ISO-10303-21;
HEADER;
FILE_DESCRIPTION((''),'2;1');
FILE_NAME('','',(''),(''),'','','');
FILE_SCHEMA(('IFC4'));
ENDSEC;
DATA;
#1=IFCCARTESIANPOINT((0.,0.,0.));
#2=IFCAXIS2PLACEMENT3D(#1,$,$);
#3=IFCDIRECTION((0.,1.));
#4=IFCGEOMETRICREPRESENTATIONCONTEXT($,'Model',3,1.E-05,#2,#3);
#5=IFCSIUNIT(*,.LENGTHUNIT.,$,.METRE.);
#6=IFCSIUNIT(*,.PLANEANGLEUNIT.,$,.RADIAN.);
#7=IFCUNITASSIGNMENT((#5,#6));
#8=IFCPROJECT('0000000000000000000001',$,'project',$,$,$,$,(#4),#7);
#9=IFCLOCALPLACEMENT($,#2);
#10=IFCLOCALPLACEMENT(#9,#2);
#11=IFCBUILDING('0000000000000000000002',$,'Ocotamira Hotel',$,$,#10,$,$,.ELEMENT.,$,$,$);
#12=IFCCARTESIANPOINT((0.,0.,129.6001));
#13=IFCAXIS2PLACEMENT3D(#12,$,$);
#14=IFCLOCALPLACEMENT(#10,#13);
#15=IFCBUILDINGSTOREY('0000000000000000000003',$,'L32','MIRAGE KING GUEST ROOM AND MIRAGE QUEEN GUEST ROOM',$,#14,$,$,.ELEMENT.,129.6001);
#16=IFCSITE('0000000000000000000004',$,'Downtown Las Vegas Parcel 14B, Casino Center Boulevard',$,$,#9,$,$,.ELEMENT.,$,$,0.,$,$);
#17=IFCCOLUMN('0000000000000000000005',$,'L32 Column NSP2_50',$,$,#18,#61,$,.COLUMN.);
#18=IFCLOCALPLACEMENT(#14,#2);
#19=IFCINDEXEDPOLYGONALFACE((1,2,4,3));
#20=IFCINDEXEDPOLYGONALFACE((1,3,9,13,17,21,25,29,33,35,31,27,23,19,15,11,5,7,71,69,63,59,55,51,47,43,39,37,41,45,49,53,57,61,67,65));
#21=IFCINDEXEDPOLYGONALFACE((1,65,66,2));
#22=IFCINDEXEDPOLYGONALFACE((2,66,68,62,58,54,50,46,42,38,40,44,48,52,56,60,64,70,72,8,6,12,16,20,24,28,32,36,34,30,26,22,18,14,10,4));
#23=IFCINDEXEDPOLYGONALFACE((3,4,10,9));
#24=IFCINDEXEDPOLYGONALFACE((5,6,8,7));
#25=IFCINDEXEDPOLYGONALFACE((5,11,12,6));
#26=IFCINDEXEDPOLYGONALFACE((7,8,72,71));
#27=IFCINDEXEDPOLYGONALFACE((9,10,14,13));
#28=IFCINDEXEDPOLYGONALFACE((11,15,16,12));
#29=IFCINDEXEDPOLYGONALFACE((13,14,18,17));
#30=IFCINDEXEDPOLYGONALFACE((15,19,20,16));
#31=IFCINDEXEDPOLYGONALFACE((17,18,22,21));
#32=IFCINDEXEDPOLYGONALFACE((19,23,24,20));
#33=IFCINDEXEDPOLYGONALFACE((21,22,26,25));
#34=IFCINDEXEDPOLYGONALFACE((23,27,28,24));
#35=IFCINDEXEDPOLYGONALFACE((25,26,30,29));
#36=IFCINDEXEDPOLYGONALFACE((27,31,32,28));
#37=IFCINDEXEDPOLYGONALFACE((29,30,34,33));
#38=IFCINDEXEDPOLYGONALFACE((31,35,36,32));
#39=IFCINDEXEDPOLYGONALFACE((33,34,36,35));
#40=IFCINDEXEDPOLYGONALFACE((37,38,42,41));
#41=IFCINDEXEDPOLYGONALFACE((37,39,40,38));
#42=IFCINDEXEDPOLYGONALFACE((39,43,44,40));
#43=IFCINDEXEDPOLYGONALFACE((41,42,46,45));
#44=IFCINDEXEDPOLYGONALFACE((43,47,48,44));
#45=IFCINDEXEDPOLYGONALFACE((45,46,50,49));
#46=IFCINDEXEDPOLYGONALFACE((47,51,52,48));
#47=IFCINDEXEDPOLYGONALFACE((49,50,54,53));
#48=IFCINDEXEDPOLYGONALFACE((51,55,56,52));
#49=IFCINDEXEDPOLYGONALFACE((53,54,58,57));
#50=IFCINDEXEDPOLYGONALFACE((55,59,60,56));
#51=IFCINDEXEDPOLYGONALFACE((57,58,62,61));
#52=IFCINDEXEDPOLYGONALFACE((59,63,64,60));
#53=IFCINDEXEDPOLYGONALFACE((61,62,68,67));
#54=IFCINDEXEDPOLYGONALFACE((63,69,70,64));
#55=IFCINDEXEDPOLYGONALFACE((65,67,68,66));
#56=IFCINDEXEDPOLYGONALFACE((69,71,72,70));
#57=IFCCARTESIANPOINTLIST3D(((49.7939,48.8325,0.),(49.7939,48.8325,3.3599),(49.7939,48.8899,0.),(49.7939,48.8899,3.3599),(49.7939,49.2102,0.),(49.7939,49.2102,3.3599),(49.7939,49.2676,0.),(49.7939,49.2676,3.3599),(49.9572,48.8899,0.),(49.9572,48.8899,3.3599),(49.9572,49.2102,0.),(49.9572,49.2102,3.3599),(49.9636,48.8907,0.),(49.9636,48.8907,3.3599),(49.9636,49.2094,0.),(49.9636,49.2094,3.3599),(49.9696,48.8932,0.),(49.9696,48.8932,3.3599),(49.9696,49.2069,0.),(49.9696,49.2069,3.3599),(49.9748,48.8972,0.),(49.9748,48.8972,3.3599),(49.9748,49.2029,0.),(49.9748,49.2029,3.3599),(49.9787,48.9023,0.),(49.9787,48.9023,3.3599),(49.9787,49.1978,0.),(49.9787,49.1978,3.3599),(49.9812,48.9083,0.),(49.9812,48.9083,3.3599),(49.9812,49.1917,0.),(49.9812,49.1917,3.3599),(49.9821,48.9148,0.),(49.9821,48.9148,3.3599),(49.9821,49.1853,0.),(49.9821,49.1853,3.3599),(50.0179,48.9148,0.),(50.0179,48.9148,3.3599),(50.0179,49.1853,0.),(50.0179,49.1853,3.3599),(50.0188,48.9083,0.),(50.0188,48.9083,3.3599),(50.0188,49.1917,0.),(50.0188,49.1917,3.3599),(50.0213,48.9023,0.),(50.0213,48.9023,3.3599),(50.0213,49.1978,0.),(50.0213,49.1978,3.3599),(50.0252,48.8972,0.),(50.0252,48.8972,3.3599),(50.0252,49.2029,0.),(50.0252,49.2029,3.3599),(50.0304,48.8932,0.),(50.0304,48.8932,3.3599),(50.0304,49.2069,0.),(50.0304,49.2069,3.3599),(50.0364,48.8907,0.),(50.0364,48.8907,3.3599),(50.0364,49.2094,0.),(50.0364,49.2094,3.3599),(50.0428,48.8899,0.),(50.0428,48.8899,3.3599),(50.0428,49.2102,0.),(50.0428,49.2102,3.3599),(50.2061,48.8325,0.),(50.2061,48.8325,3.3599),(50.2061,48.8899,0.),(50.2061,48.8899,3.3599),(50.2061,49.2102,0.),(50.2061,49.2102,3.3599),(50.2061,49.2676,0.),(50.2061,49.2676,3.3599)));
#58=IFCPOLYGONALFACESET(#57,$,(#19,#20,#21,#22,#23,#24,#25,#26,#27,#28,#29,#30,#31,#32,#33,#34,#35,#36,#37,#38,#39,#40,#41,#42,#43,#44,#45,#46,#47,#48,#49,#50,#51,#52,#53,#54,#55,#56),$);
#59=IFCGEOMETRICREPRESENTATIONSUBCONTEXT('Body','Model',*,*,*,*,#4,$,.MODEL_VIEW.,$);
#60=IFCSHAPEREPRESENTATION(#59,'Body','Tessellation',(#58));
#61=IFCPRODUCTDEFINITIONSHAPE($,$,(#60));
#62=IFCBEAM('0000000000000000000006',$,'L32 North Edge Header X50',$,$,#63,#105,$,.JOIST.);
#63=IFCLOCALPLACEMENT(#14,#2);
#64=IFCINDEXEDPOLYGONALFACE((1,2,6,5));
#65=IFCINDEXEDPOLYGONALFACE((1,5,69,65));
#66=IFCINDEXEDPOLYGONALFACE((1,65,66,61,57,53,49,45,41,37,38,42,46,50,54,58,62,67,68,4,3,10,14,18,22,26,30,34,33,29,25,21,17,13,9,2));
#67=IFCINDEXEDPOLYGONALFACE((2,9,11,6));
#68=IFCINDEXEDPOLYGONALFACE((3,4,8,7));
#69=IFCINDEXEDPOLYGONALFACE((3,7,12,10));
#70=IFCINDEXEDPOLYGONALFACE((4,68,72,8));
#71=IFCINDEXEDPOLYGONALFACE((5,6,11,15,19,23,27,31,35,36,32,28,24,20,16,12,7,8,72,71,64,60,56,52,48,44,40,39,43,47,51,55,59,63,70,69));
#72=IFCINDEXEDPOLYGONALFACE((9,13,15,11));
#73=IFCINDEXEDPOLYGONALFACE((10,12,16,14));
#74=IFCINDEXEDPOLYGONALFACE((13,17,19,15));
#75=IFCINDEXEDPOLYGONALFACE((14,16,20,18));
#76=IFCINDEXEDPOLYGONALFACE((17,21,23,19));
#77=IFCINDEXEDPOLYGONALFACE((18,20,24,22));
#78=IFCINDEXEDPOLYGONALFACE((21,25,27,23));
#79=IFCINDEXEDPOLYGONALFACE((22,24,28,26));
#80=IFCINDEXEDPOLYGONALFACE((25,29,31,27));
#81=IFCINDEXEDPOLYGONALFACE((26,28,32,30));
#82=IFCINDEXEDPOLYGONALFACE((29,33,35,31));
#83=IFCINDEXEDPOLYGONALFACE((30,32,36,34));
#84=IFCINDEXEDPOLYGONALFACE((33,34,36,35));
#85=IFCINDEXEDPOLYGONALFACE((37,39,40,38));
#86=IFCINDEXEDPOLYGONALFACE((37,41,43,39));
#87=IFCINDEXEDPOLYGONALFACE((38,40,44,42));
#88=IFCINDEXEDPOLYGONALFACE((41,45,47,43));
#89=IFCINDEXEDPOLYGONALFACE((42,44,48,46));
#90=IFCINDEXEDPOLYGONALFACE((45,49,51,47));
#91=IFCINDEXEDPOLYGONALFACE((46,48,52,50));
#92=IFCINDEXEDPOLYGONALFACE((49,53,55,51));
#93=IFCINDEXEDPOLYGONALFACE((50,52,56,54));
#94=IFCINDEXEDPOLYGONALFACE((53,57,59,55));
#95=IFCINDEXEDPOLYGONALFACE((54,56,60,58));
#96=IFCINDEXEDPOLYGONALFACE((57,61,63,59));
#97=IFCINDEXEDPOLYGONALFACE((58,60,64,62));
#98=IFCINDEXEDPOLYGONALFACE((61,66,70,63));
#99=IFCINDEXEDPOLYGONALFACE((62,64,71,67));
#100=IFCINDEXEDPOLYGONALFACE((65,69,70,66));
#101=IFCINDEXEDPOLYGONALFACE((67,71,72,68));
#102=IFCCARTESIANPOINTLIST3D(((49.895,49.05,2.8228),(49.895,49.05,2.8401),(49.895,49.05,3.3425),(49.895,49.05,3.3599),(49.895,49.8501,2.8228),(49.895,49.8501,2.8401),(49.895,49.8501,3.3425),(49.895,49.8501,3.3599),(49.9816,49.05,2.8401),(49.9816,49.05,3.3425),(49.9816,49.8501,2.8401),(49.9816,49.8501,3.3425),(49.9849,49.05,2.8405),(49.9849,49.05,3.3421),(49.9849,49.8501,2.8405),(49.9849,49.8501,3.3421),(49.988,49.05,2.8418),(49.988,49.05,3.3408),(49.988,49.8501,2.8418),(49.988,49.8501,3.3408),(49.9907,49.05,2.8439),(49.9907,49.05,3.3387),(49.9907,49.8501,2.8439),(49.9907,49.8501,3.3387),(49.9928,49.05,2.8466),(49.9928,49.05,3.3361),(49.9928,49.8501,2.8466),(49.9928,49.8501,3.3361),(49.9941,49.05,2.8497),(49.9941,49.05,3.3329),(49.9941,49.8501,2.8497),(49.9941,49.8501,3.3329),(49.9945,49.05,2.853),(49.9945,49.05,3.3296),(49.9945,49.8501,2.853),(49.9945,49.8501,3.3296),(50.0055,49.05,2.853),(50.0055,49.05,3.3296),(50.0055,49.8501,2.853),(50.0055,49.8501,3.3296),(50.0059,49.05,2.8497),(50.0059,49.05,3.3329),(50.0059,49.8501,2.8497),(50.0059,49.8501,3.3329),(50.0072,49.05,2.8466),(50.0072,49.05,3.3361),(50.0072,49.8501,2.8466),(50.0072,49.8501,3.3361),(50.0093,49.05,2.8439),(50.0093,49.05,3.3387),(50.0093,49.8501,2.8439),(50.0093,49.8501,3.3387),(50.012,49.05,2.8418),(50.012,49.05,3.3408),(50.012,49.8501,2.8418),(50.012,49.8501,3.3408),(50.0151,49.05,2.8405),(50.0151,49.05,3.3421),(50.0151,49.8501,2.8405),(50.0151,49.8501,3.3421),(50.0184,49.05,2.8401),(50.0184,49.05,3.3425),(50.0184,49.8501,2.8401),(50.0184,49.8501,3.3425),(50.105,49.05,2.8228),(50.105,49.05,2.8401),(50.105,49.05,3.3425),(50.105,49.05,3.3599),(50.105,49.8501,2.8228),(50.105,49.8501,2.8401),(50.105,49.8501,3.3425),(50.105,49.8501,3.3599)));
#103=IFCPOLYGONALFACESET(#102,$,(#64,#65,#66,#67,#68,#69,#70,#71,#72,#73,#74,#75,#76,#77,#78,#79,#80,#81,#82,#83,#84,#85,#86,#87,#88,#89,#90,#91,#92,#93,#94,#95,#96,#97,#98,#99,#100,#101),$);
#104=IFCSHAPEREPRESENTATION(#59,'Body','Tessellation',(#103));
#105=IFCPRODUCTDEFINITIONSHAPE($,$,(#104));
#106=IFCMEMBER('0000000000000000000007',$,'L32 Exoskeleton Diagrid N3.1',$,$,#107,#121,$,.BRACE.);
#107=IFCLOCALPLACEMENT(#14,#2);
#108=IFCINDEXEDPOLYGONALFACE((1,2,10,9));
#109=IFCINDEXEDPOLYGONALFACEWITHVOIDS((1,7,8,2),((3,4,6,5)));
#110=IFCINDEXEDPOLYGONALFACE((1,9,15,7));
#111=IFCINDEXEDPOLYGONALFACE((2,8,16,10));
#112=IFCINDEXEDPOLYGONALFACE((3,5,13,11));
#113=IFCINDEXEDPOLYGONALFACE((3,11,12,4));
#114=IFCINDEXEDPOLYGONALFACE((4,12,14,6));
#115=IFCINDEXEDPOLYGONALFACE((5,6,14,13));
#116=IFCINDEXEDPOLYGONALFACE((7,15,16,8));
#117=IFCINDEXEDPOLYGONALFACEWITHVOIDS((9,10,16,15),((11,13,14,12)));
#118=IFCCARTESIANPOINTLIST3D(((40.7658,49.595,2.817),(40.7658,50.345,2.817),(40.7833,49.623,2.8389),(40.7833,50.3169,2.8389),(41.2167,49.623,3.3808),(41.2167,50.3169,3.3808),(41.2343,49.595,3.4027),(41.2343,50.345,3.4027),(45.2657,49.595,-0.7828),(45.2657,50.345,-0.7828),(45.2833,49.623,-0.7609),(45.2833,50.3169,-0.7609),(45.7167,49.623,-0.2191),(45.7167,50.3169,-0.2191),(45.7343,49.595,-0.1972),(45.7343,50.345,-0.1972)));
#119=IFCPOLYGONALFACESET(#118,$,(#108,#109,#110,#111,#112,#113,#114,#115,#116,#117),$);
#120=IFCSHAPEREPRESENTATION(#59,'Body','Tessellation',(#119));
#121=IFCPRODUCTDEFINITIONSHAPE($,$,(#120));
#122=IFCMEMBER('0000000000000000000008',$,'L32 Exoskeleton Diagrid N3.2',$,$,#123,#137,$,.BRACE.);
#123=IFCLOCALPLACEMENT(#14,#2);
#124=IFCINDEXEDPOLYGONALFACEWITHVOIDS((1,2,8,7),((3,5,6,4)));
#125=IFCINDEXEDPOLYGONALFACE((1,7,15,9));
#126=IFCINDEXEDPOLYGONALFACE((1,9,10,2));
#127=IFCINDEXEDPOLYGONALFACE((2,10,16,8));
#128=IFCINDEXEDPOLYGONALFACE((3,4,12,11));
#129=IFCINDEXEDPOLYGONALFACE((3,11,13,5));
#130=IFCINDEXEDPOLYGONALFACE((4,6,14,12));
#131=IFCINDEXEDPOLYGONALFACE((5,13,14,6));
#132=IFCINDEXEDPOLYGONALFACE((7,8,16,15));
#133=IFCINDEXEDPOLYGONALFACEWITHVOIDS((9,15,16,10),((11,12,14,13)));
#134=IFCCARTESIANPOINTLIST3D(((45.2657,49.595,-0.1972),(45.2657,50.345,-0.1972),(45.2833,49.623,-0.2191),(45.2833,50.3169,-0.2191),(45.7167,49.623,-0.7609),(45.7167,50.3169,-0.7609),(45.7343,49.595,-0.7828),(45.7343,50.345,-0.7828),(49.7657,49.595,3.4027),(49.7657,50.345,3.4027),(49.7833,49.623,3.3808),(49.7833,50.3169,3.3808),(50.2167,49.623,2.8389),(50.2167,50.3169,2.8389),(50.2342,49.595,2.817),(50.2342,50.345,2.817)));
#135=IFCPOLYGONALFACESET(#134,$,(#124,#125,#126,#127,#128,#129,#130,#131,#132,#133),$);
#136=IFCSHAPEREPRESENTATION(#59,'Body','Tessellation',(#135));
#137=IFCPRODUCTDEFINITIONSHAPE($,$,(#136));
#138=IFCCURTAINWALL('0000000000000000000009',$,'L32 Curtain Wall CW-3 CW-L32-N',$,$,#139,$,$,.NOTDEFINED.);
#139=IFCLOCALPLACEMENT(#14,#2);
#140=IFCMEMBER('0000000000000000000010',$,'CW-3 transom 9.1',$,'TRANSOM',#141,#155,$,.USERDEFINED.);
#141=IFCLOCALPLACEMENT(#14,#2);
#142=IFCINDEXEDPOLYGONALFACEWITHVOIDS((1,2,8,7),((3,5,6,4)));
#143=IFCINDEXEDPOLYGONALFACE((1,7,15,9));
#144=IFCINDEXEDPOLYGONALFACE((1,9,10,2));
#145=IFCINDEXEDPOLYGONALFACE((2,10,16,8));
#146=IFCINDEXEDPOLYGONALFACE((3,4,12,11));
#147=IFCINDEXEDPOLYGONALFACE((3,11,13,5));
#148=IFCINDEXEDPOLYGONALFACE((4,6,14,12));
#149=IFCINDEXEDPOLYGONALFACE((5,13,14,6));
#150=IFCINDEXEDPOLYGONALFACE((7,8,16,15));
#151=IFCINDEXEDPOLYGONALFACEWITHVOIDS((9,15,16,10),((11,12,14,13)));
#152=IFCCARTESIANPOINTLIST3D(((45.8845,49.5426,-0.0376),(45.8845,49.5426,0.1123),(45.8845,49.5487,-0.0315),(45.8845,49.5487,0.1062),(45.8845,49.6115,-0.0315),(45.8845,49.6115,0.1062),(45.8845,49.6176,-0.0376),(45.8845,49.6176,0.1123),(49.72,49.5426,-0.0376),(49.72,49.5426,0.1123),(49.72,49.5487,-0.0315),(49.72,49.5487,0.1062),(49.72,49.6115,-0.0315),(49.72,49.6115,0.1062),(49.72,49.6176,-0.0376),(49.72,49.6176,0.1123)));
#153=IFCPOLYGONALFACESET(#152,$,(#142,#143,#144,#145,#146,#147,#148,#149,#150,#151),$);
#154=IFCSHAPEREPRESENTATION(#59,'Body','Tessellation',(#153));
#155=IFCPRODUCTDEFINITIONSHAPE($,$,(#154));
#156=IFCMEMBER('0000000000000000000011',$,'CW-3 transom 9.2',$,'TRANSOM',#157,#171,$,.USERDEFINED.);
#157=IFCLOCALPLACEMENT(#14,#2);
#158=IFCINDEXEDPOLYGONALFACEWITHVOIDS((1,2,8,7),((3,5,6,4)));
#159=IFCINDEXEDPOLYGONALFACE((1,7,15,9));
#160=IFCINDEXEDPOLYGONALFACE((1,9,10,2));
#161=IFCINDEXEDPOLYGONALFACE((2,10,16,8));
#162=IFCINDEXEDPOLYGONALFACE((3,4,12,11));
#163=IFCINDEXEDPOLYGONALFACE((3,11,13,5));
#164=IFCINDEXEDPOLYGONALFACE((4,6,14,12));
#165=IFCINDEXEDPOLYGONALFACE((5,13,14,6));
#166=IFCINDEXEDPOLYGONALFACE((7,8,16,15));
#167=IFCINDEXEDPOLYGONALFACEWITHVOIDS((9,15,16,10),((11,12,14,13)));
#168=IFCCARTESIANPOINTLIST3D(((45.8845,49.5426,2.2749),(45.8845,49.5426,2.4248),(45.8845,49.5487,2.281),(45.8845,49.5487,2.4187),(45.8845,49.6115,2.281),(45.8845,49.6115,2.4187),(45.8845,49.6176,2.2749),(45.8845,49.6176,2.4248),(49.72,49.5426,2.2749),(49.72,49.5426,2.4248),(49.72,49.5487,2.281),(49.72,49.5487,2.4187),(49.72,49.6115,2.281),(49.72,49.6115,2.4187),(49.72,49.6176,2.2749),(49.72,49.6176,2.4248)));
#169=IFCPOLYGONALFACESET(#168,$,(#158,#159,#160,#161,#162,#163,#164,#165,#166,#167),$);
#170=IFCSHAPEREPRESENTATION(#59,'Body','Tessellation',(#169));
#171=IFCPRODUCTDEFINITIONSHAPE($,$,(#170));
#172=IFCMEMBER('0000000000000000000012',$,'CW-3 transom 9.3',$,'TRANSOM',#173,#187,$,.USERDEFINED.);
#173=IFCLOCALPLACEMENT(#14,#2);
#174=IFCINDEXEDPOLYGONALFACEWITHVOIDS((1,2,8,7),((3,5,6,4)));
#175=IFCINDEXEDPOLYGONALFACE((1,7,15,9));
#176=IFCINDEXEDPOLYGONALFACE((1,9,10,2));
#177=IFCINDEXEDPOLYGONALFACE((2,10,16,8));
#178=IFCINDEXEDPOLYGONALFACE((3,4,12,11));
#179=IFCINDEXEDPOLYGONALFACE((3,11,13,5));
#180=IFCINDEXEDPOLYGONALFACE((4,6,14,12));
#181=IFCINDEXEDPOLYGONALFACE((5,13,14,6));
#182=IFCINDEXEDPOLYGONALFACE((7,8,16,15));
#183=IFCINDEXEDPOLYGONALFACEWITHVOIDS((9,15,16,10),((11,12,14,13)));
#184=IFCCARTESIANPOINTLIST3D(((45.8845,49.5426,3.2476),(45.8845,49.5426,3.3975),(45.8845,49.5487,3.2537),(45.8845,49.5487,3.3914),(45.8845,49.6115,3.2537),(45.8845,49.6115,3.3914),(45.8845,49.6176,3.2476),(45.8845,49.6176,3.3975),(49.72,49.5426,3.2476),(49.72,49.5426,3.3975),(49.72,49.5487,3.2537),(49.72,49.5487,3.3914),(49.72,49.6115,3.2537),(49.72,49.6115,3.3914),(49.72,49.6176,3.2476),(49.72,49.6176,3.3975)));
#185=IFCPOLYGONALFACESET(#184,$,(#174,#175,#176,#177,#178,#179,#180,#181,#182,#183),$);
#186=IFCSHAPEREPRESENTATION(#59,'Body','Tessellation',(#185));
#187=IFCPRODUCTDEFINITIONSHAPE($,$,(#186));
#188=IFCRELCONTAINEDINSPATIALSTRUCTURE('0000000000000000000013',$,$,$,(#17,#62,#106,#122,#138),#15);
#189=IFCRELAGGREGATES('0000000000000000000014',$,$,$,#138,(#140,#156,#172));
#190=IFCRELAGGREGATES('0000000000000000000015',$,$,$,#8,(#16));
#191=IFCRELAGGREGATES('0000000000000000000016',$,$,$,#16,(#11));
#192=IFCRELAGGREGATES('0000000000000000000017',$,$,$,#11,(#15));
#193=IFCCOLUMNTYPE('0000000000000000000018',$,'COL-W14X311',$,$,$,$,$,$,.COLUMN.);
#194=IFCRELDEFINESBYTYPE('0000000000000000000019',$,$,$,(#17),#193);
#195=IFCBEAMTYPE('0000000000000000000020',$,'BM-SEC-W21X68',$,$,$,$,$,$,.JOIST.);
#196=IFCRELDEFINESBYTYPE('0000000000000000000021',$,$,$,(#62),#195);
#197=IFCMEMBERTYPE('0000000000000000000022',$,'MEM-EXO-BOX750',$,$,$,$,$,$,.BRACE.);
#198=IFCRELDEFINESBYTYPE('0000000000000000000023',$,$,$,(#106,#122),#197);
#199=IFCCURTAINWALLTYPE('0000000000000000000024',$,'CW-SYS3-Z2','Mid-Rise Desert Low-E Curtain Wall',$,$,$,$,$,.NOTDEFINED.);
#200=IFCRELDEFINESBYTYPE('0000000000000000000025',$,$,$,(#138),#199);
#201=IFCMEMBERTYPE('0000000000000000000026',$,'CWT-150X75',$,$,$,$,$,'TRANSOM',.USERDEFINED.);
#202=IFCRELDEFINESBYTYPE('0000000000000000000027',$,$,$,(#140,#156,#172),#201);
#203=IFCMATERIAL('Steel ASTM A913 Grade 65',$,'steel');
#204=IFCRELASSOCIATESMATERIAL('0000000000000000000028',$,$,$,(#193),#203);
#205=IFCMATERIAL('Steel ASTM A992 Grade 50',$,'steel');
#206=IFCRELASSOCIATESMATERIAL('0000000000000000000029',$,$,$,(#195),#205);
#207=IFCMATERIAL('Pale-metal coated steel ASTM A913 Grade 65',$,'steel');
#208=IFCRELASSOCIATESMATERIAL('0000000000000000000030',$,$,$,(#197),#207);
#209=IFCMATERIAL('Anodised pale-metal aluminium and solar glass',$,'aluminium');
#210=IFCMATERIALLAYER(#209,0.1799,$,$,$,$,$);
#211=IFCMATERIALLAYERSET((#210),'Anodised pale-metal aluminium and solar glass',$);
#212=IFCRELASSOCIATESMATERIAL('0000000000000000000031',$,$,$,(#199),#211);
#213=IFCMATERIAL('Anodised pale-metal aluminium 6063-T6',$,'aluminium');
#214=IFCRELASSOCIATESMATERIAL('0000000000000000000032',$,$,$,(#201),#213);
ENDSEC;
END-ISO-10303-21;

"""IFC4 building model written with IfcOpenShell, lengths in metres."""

from ifc_helpers import new_model, si_unit, direction, frame, origin, origin_2d, place, context, subcontext, project, spatial, hollow_rectangle, i_section, extrude, source, transform, mapped, material, layer, layer_set, material_profile, profile_set, type_object, element, aggregate, save


model = new_model("IFC4")

# Units and contexts
model_context = context("Model", 3, precision=1e-05, world=origin(), true_north=direction((0.0, 1.0)))
body_context = subcontext(model_context, "Body", "Model", "MODEL_VIEW")
ifc_project = project(units=[si_unit("LENGTHUNIT", "METRE"), si_unit("PLANEANGLEUNIT", "RADIAN")], contexts=[model_context])

# Site, building, storey
site_placement = place(None, origin())
site = spatial("IfcSite", under=ifc_project, at=site_placement, Name="Downtown Las Vegas Parcel 14B, Casino Center Boulevard", CompositionType="ELEMENT", RefElevation=0.0)
building_placement = place(site_placement, origin())
building = spatial("IfcBuilding", under=site, at=building_placement, Name="Ocotamira Hotel", CompositionType="ELEMENT")
storey_placement = place(building_placement, frame((0.0, 0.0, 129.6001)))
storey = spatial("IfcBuildingStorey", under=building, at=storey_placement, Name="L32", Description="MIRAGE KING GUEST ROOM AND MIRAGE QUEEN GUEST ROOM", CompositionType="ELEMENT", Elevation=129.6001)

# Column
ifc_material_1 = material(Name="Steel ASTM A913 Grade 65", Category="steel")
ifc_material_profile_1 = material_profile(ifc_material_1, i_section(OverallWidth=0.4121, OverallDepth=0.4351, WebThickness=0.0359, FlangeThickness=0.0574, FilletRadius=0.0249, at=origin_2d()), Name="W14X311")
ifc_profile_set_1 = profile_set([ifc_material_profile_1], Name="Steel ASTM A913 Grade 65")
column_type = type_object("IfcColumnType", Name="COL-W14X311", PredefinedType="COLUMN", material=ifc_profile_set_1)
shared_shape_1 = source(origin(), body_context, "Body", "SweptSolid", [
    extrude(i_section(OverallWidth=0.4121, OverallDepth=0.4351, WebThickness=0.0359, FlangeThickness=0.0574, FilletRadius=0.0249, at=origin_2d()), origin(), (0.0, 0.0, 1.0), 3.3599),
])
column_placement = place(storey_placement, frame((50.0, 49.05, 0.0), z_axis=(0.0, 0.0, 1.0), x_axis=(1.0, 0.0, 0.0)))
element("IfcColumn", 1, at=column_placement, inside=storey, type_object=column_type, Name="L32 Column NSP2_50", PredefinedType="COLUMN", context=body_context, shape_type="MappedRepresentation", body=[
    mapped(shared_shape_1, transform((0.0, 0.0, 0.0), scale=1.0)),
])

# Beam
ifc_material_2 = material(Name="Steel ASTM A992 Grade 50", Category="steel")
ifc_material_profile_2 = material_profile(ifc_material_2, i_section(OverallWidth=0.21, OverallDepth=0.5371, WebThickness=0.011, FlangeThickness=0.0173, FilletRadius=0.0129, at=origin_2d()), Name="W21X68")
ifc_profile_set_2 = profile_set([ifc_material_profile_2], Name="Steel ASTM A992 Grade 50")
beam_type = type_object("IfcBeamType", Name="BM-SEC-W21X68", PredefinedType="JOIST", material=ifc_profile_set_2)
shared_shape_2 = source(origin(), body_context, "Body", "SweptSolid", [
    extrude(i_section(OverallWidth=0.21, OverallDepth=0.5371, WebThickness=0.011, FlangeThickness=0.0173, FilletRadius=0.0129, at=origin_2d()), origin(), (0.0, 0.0, 1.0), 0.8),
])
beam_placement = place(storey_placement, frame((50.0, 49.05, 3.0913), z_axis=(0.0, 1.0, 0.0), x_axis=(-1.0, 0.0, 0.0)))
element("IfcBeam", 2, at=beam_placement, inside=storey, type_object=beam_type, Name="L32 North Edge Header X50", PredefinedType="JOIST", context=body_context, shape_type="MappedRepresentation", body=[
    mapped(shared_shape_2, transform((0.0, 0.0, 0.0), scale=1.0)),
])

# Members
ifc_material_3 = material(Name="Pale-metal coated steel ASTM A913 Grade 65", Category="steel")
ifc_material_profile_3 = material_profile(ifc_material_3, hollow_rectangle(XDim=0.75, YDim=0.75, WallThickness=0.0281, at=origin_2d()), Name="BOX750X750X28")
ifc_profile_set_3 = profile_set([ifc_material_profile_3], Name="Pale-metal coated steel ASTM A913 Grade 65")
member_type_1 = type_object("IfcMemberType", Name="MEM-EXO-BOX750", PredefinedType="BRACE", material=ifc_profile_set_3)
shared_shape_3 = source(origin(), body_context, "Body", "SweptSolid", [
    extrude(hollow_rectangle(XDim=0.75, YDim=0.75, WallThickness=0.0281, at=origin_2d()), origin(), (0.0, 0.0, 1.0), 5.7627),
])
for number, where, z_axis, x_axis, name in (
    (3, (45.5, 49.97, -0.49), (-0.780881, 0.0, 0.62468), (0.0, -1.0, 0.0), "L32 Exoskeleton Diagrid N3.1"),
    (4, (45.5, 49.97, -0.49), (0.780881, 0.0, 0.62468), (0.0, 1.0, 0.0), "L32 Exoskeleton Diagrid N3.2"),
):
    element("IfcMember", number, at=place(storey_placement, frame(where, z_axis=z_axis, x_axis=x_axis)), inside=storey, type_object=member_type_1, Name=name, PredefinedType="BRACE", context=body_context, shape_type="MappedRepresentation", body=[
        mapped(shared_shape_3, transform((0.0, 0.0, 0.0), scale=1.0)),
    ])

# Curtain wall, members
ifc_material_4 = material(Name="Anodised pale-metal aluminium and solar glass", Category="aluminium")
ifc_layer_1 = layer(ifc_material_4, 0.1799)
ifc_layer_set_1 = layer_set([ifc_layer_1], Name="Anodised pale-metal aluminium and solar glass")
curtain_wall_type = type_object("IfcCurtainWallType", Name="CW-SYS3-Z2", Description="Mid-Rise Desert Low-E Curtain Wall", PredefinedType="NOTDEFINED", material=ifc_layer_set_1)
curtain_wall_1_placement = place(storey_placement, origin())
curtain_wall_1 = element("IfcCurtainWall", 5, at=curtain_wall_1_placement, inside=storey, type_object=curtain_wall_type, Name="L32 Curtain Wall CW-3 CW-L32-N", PredefinedType="NOTDEFINED")
ifc_material_5 = material(Name="Anodised pale-metal aluminium 6063-T6", Category="aluminium")
ifc_material_profile_4 = material_profile(ifc_material_5, hollow_rectangle(XDim=0.075, YDim=0.1499, WallThickness=0.0061, at=origin_2d()), Name="HSS150X75X6")
ifc_profile_set_4 = profile_set([ifc_material_profile_4], Name="Anodised pale-metal aluminium 6063-T6")
member_type_2 = type_object("IfcMemberType", Name="CWT-150X75", ElementType="TRANSOM", PredefinedType="USERDEFINED", material=ifc_profile_set_4)
shared_shape_4 = source(origin(), body_context, "Body", "SweptSolid", [
    extrude(hollow_rectangle(XDim=0.075, YDim=0.1499, WallThickness=0.0061, at=origin_2d()), origin(), (0.0, 0.0, 1.0), 3.8354),
])
member_1_placement = place(storey_placement, frame((45.8845, 49.5801, 0.0374), z_axis=(1.0, 0.0, 0.0), x_axis=(0.0, 1.0, 0.0)))
member_1 = element("IfcMember", 6, at=member_1_placement, type_object=member_type_2, Name="CW-3 transom 9.1", ObjectType="TRANSOM", PredefinedType="USERDEFINED", context=body_context, shape_type="MappedRepresentation", body=[
    mapped(shared_shape_4, transform((0.0, 0.0, 0.0), scale=1.0)),
])
member_2_placement = place(storey_placement, frame((45.8845, 49.5801, 2.3499), z_axis=(1.0, 0.0, 0.0), x_axis=(0.0, 1.0, 0.0)))
member_2 = element("IfcMember", 7, at=member_2_placement, type_object=member_type_2, Name="CW-3 transom 9.2", ObjectType="TRANSOM", PredefinedType="USERDEFINED", context=body_context, shape_type="MappedRepresentation", body=[
    mapped(shared_shape_4, transform((0.0, 0.0, 0.0), scale=1.0)),
])
member_3_placement = place(storey_placement, frame((45.8845, 49.5801, 3.3225), z_axis=(1.0, 0.0, 0.0), x_axis=(0.0, 1.0, 0.0)))
member_3 = element("IfcMember", 8, at=member_3_placement, type_object=member_type_2, Name="CW-3 transom 9.3", ObjectType="TRANSOM", PredefinedType="USERDEFINED", context=body_context, shape_type="MappedRepresentation", body=[
    mapped(shared_shape_4, transform((0.0, 0.0, 0.0), scale=1.0)),
])

aggregate(curtain_wall_1, [member_1, member_2, member_3])

save(model, "model.ifc")
